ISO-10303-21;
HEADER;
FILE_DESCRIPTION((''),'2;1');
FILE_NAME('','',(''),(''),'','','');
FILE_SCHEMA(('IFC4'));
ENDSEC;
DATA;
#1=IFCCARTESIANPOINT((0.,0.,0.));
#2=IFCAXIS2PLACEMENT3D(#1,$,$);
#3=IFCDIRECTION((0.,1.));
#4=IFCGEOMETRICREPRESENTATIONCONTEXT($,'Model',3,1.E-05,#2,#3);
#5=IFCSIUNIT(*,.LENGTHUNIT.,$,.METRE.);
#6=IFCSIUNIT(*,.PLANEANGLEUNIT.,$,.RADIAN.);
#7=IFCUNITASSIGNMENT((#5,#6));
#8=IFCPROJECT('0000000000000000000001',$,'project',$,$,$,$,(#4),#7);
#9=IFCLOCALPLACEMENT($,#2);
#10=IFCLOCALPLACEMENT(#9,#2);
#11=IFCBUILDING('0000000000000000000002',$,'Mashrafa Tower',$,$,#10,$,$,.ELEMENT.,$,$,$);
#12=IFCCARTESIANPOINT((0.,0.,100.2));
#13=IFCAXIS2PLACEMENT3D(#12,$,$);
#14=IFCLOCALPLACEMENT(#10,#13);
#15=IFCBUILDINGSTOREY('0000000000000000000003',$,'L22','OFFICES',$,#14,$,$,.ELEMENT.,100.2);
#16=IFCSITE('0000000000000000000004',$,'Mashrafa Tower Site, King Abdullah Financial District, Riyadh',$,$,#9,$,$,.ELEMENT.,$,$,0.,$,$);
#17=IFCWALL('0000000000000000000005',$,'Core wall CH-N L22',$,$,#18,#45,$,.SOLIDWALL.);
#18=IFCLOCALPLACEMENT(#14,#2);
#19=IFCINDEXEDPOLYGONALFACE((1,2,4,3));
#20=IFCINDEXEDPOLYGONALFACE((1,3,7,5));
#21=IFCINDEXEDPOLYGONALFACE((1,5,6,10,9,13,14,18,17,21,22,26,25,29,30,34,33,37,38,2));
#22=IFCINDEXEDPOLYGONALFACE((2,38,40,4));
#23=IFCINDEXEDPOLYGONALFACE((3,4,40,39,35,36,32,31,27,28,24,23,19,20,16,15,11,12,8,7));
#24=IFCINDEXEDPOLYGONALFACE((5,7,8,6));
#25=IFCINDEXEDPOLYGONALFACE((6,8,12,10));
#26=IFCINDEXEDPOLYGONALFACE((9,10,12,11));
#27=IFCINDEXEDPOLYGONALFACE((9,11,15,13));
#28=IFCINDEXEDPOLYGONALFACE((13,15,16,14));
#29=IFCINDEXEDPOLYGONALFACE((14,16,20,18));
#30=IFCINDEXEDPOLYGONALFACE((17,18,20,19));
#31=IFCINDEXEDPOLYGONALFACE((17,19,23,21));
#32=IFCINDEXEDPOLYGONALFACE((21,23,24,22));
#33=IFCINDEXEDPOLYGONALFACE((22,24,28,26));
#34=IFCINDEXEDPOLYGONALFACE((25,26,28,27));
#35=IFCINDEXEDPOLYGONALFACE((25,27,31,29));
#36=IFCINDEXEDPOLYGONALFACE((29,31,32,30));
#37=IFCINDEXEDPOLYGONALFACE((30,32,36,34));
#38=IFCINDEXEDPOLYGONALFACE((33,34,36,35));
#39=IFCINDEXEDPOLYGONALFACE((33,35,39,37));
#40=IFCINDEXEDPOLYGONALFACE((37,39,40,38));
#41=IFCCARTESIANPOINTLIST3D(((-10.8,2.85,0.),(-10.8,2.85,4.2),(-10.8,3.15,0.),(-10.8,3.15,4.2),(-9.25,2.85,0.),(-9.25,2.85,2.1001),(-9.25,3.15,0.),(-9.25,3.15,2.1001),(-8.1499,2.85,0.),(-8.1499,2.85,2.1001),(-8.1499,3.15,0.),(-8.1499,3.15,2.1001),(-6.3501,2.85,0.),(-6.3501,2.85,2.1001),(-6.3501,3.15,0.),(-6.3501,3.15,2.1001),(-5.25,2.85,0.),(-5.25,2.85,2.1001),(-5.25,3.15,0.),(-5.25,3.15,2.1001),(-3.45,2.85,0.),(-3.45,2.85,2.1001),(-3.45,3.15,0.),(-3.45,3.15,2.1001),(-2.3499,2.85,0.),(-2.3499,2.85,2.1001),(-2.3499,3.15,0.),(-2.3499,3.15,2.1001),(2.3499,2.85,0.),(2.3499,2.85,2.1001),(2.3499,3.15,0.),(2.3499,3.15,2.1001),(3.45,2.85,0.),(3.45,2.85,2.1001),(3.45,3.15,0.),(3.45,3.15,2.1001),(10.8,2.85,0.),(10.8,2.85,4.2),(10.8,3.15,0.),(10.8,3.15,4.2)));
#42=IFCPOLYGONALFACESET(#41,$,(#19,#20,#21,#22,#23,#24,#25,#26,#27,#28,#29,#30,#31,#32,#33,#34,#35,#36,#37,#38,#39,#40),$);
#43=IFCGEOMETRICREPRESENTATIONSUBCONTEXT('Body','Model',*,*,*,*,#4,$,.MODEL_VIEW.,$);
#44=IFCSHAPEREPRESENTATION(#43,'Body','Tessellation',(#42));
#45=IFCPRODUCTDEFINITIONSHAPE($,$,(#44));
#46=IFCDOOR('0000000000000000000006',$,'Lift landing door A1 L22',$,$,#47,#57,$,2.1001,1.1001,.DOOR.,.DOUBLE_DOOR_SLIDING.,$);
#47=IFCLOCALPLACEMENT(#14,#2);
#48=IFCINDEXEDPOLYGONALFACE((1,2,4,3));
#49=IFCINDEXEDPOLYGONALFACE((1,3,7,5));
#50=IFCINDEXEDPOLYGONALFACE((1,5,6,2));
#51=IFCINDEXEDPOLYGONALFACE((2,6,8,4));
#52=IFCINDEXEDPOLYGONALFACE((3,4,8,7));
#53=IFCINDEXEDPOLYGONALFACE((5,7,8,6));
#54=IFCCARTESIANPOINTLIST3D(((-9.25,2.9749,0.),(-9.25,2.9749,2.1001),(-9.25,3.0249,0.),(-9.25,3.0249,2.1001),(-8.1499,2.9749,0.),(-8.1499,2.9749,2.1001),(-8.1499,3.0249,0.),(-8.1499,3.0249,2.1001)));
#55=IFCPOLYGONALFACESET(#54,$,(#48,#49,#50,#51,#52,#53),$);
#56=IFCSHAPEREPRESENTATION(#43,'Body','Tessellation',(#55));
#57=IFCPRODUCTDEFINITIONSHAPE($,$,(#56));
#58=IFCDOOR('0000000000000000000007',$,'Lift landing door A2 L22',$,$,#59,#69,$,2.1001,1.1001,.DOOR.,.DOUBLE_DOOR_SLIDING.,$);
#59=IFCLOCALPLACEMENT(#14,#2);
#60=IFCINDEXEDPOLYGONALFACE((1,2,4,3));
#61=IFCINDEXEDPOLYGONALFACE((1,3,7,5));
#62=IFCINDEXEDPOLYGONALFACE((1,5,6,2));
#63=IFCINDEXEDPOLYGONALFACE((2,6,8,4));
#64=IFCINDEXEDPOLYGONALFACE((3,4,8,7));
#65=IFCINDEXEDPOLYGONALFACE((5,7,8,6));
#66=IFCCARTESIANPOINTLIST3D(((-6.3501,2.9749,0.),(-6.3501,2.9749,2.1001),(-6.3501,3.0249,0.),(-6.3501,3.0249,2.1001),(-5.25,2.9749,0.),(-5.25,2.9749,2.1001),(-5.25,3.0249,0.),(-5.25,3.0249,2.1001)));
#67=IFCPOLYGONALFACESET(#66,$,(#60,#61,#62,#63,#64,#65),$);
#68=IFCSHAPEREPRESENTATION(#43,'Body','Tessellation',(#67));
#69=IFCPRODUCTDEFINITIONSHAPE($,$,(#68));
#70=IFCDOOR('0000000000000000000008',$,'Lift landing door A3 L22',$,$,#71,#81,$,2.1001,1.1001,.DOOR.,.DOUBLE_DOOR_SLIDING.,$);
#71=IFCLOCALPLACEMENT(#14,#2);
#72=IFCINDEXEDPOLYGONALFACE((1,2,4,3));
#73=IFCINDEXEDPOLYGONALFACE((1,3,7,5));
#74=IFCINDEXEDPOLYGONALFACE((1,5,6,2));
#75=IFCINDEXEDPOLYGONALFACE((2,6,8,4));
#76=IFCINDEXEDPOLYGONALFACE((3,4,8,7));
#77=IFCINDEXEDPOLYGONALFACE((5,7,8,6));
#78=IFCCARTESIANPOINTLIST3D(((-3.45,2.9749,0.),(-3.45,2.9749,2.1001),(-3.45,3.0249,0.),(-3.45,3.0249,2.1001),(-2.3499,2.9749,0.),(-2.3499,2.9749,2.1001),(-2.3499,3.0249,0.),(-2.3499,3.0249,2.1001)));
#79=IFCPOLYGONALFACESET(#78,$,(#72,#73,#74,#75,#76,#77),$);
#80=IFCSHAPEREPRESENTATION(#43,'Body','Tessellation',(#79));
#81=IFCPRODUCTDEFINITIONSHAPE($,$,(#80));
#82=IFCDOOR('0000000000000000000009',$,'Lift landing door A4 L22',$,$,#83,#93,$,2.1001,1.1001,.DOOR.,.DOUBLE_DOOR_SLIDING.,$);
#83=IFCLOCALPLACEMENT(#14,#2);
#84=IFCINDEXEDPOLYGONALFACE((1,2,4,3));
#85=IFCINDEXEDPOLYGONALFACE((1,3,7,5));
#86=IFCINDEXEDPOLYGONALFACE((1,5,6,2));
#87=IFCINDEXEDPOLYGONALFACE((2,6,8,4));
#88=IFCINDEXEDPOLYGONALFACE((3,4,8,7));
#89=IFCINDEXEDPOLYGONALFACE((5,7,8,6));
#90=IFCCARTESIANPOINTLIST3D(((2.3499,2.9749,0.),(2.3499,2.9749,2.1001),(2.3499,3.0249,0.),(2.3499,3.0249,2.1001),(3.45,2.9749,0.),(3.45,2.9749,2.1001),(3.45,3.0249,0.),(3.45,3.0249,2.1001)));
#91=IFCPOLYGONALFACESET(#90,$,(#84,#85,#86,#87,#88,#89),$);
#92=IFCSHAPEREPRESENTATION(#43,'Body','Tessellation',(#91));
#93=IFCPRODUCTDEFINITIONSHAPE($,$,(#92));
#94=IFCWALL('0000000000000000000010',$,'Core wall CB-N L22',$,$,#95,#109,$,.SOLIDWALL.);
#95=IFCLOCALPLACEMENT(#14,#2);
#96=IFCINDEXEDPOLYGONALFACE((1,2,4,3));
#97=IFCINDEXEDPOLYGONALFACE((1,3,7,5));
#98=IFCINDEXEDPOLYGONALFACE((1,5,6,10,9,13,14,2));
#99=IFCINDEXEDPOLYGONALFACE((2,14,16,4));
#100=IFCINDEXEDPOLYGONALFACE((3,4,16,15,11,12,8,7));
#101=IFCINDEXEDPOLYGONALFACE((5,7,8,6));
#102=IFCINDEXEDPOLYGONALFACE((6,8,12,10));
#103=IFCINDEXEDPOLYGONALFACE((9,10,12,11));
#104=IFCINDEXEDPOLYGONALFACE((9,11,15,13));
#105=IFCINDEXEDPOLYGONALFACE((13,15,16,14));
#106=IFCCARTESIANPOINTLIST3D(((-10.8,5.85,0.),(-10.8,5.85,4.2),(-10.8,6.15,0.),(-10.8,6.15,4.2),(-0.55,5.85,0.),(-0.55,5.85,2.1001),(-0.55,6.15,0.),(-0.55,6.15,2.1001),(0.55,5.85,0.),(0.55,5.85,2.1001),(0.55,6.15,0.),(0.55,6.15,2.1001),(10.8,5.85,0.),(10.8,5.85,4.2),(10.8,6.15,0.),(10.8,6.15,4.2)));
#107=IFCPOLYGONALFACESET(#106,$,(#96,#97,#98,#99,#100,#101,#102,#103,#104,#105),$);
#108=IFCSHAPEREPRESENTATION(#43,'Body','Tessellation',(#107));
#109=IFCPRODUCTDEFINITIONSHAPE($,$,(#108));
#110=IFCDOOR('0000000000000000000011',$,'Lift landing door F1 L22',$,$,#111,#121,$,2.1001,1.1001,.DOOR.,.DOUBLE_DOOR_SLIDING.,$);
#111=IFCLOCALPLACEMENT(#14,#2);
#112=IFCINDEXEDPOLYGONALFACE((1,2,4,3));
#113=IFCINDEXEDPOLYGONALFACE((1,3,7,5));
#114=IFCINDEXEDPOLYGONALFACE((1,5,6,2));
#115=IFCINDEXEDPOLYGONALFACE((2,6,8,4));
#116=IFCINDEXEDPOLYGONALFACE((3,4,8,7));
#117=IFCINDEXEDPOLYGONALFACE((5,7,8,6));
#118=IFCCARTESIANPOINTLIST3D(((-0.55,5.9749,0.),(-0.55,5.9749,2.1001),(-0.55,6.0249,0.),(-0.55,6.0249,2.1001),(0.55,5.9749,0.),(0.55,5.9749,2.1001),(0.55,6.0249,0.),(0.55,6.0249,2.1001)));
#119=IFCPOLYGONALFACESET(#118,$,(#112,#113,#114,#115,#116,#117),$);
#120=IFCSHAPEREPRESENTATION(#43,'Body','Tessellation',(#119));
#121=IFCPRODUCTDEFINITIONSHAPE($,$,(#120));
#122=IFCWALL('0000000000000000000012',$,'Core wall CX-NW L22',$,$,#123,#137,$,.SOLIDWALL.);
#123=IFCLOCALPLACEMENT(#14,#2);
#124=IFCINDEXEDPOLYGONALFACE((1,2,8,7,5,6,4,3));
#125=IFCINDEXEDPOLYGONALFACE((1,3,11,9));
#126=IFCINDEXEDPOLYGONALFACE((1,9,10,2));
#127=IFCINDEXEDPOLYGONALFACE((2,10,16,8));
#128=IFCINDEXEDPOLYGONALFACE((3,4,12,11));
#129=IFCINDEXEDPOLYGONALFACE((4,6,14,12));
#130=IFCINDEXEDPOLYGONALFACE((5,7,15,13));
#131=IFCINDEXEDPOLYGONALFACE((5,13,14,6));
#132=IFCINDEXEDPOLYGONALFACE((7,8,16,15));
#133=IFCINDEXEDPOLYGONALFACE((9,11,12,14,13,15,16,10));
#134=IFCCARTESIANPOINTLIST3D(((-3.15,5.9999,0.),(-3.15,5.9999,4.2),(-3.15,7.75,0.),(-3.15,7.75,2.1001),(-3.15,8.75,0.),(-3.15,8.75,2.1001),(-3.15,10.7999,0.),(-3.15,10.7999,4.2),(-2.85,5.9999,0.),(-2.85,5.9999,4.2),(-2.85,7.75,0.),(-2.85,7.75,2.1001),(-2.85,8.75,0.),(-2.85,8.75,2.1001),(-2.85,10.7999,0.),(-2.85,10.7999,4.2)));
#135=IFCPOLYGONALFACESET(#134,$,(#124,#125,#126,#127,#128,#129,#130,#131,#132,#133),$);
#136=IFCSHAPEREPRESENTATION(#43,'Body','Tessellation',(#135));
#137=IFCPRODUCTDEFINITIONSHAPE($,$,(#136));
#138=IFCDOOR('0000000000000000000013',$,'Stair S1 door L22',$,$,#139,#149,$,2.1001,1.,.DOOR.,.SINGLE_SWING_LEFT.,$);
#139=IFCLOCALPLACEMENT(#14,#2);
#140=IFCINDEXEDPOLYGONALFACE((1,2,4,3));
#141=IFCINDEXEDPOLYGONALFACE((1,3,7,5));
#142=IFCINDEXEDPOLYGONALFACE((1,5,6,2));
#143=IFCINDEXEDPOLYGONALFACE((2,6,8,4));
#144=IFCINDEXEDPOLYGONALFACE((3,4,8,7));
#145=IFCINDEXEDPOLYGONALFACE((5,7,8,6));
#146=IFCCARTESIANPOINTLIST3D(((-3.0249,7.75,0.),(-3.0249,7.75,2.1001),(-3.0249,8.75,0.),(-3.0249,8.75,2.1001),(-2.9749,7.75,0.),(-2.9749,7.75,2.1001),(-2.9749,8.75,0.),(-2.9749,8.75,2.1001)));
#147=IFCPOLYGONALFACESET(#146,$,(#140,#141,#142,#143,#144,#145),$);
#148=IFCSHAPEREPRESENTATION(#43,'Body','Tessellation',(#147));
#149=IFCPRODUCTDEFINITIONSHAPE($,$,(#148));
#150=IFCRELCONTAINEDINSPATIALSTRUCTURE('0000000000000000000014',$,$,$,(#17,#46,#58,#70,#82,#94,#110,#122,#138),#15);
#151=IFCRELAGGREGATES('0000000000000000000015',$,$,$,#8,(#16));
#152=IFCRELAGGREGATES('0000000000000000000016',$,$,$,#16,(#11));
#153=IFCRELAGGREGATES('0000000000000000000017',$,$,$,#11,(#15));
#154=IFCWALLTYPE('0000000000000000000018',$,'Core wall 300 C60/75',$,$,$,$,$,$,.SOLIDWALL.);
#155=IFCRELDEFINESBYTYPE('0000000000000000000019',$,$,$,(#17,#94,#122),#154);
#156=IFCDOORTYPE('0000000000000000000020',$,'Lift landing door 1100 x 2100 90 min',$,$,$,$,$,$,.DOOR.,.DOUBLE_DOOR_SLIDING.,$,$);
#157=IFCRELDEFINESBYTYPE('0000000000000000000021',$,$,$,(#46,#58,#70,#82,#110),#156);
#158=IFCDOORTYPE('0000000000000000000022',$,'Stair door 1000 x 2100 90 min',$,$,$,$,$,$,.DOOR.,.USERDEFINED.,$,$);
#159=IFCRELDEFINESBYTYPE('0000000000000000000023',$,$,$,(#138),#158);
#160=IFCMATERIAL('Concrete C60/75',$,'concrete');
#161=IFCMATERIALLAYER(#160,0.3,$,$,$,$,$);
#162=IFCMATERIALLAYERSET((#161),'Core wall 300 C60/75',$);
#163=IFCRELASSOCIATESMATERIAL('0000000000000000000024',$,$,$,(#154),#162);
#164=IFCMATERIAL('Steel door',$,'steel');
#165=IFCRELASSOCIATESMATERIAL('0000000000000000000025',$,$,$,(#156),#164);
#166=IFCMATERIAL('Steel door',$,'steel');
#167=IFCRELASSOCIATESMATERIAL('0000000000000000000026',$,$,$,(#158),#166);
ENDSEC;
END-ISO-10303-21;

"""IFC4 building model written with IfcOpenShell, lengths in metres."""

from ifc_helpers import new_model, si_unit, direction, frame, frame_2d, origin, place, context, subcontext, project, spatial, rectangle, extrude, material, layer, layer_set, type_object, element, fill, save


model = new_model("IFC4")

# Units and contexts
model_context = context("Model", 3, precision=1e-05, world=origin(), true_north=direction((0.0, 1.0)))
body_context = subcontext(model_context, "Body", "Model", "MODEL_VIEW")
ifc_project = project(units=[si_unit("LENGTHUNIT", "METRE"), si_unit("PLANEANGLEUNIT", "RADIAN")], contexts=[model_context])

# Site, building, storey
site_placement = place(None, origin())
site = spatial("IfcSite", under=ifc_project, at=site_placement, Name="Mashrafa Tower Site, King Abdullah Financial District, Riyadh", CompositionType="ELEMENT", RefElevation=0.0)
building_placement = place(site_placement, origin())
building = spatial("IfcBuilding", under=site, at=building_placement, Name="Mashrafa Tower", CompositionType="ELEMENT")
storey_placement = place(building_placement, frame((0.0, 0.0, 100.2)))
storey = spatial("IfcBuildingStorey", under=building, at=storey_placement, Name="L22", Description="OFFICES", CompositionType="ELEMENT", Elevation=100.2)

# Wall, openings, doors
ifc_material_1 = material(Name="Concrete C60/75", Category="concrete")
ifc_layer_1 = layer(ifc_material_1, 0.3)
ifc_layer_set_1 = layer_set([ifc_layer_1], Name="Core wall 300 C60/75")
wall_type_1 = type_object("IfcWallType", Name="Core wall 300 C60/75", PredefinedType="SOLIDWALL", material=ifc_layer_set_1)
wall_1_placement = place(storey_placement, frame((-10.8, 3.0, 0.0), z_axis=(0.0, 0.0, 1.0), x_axis=(1.0, 0.0, 0.0)))
wall_1 = element("IfcWall", 1, at=wall_1_placement, inside=storey, type_object=wall_type_1, Name="Core wall CH-N L22", PredefinedType="SOLIDWALL", context=body_context, shape_type="SweptSolid", body=[
    extrude(rectangle(XDim=21.6001, YDim=0.3, at=frame_2d((10.8, 0.0))), origin(), (0.0, 0.0, 1.0), 4.2),
])
opening_1_placement = place(wall_1_placement, frame((1.55, 0.0, 0.0)))
opening_1 = element("IfcOpeningElement", 2, at=opening_1_placement, cuts=wall_1, PredefinedType="OPENING", context=body_context, shape_type="SweptSolid", body=[
    extrude(rectangle(XDim=1.1001, YDim=2.1001, at=frame_2d((0.55, 1.05))), frame((0.0, 0.1599, 0.0), z_axis=(0.0, -1.0, 0.0), x_axis=(1.0, 0.0, 0.0)), (0.0, 0.0, 1.0), 0.3201),
])
opening_2_placement = place(wall_1_placement, frame((4.45, 0.0, 0.0)))
opening_2 = element("IfcOpeningElement", 3, at=opening_2_placement, cuts=wall_1, PredefinedType="OPENING", context=body_context, shape_type="SweptSolid", body=[
    extrude(rectangle(XDim=1.1001, YDim=2.1001, at=frame_2d((0.55, 1.05))), frame((0.0, 0.1599, 0.0), z_axis=(0.0, -1.0, 0.0), x_axis=(1.0, 0.0, 0.0)), (0.0, 0.0, 1.0), 0.3201),
])
opening_3_placement = place(wall_1_placement, frame((7.3501, 0.0, 0.0)))
opening_3 = element("IfcOpeningElement", 4, at=opening_3_placement, cuts=wall_1, PredefinedType="OPENING", context=body_context, shape_type="SweptSolid", body=[
    extrude(rectangle(XDim=1.1001, YDim=2.1001, at=frame_2d((0.55, 1.05))), frame((0.0, 0.1599, 0.0), z_axis=(0.0, -1.0, 0.0), x_axis=(1.0, 0.0, 0.0)), (0.0, 0.0, 1.0), 0.3201),
])
opening_4_placement = place(wall_1_placement, frame((13.1499, 0.0, 0.0)))
opening_4 = element("IfcOpeningElement", 5, at=opening_4_placement, cuts=wall_1, PredefinedType="OPENING", context=body_context, shape_type="SweptSolid", body=[
    extrude(rectangle(XDim=1.1001, YDim=2.1001, at=frame_2d((0.55, 1.05))), frame((0.0, 0.1599, 0.0), z_axis=(0.0, -1.0, 0.0), x_axis=(1.0, 0.0, 0.0)), (0.0, 0.0, 1.0), 0.3201),
])
ifc_material_2 = material(Name="Steel door", Category="steel")
door_type_1 = type_object("IfcDoorType", Name="Lift landing door 1100 x 2100 90 min", OperationType="DOUBLE_DOOR_SLIDING", PredefinedType="DOOR", material=ifc_material_2)
door_1_placement = place(opening_1_placement, origin())
door_1 = element("IfcDoor", 6, at=door_1_placement, inside=storey, type_object=door_type_1, Name="Lift landing door A1 L22", OperationType="DOUBLE_DOOR_SLIDING", OverallHeight=2.1001, OverallWidth=1.1001, PredefinedType="DOOR", context=body_context, shape_type="SweptSolid", body=[
    extrude(rectangle(XDim=1.1001, YDim=2.1001, at=frame_2d((0.55, 1.05))), frame((0.0, 0.0249, 0.0), z_axis=(0.0, -1.0, 0.0), x_axis=(1.0, 0.0, 0.0)), (0.0, 0.0, 1.0), 0.05),
])
fill(opening_1, door_1)
door_2_placement = place(opening_2_placement, origin())
door_2 = element("IfcDoor", 7, at=door_2_placement, inside=storey, type_object=door_type_1, Name="Lift landing door A2 L22", OperationType="DOUBLE_DOOR_SLIDING", OverallHeight=2.1001, OverallWidth=1.1001, PredefinedType="DOOR", context=body_context, shape_type="SweptSolid", body=[
    extrude(rectangle(XDim=1.1001, YDim=2.1001, at=frame_2d((0.55, 1.05))), frame((0.0, 0.0249, 0.0), z_axis=(0.0, -1.0, 0.0), x_axis=(1.0, 0.0, 0.0)), (0.0, 0.0, 1.0), 0.05),
])
fill(opening_2, door_2)
door_3_placement = place(opening_3_placement, origin())
door_3 = element("IfcDoor", 8, at=door_3_placement, inside=storey, type_object=door_type_1, Name="Lift landing door A3 L22", OperationType="DOUBLE_DOOR_SLIDING", OverallHeight=2.1001, OverallWidth=1.1001, PredefinedType="DOOR", context=body_context, shape_type="SweptSolid", body=[
    extrude(rectangle(XDim=1.1001, YDim=2.1001, at=frame_2d((0.55, 1.05))), frame((0.0, 0.0249, 0.0), z_axis=(0.0, -1.0, 0.0), x_axis=(1.0, 0.0, 0.0)), (0.0, 0.0, 1.0), 0.05),
])
fill(opening_3, door_3)
door_4_placement = place(opening_4_placement, origin())
door_4 = element("IfcDoor", 9, at=door_4_placement, inside=storey, type_object=door_type_1, Name="Lift landing door A4 L22", OperationType="DOUBLE_DOOR_SLIDING", OverallHeight=2.1001, OverallWidth=1.1001, PredefinedType="DOOR", context=body_context, shape_type="SweptSolid", body=[
    extrude(rectangle(XDim=1.1001, YDim=2.1001, at=frame_2d((0.55, 1.05))), frame((0.0, 0.0249, 0.0), z_axis=(0.0, -1.0, 0.0), x_axis=(1.0, 0.0, 0.0)), (0.0, 0.0, 1.0), 0.05),
])
fill(opening_4, door_4)

# Walls, openings, doors
wall_2_placement = place(storey_placement, frame((-10.8, 6.0, 0.0), z_axis=(0.0, 0.0, 1.0), x_axis=(1.0, 0.0, 0.0)))
wall_2 = element("IfcWall", 10, at=wall_2_placement, inside=storey, type_object=wall_type_1, Name="Core wall CB-N L22", PredefinedType="SOLIDWALL", context=body_context, shape_type="SweptSolid", body=[
    extrude(rectangle(XDim=21.6001, YDim=0.3, at=frame_2d((10.8, 0.0))), origin(), (0.0, 0.0, 1.0), 4.2),
])
opening_5_placement = place(wall_2_placement, frame((10.25, 0.0, 0.0)))
opening_5 = element("IfcOpeningElement", 11, at=opening_5_placement, cuts=wall_2, PredefinedType="OPENING", context=body_context, shape_type="SweptSolid", body=[
    extrude(rectangle(XDim=1.1001, YDim=2.1001, at=frame_2d((0.55, 1.05))), frame((0.0, 0.1599, 0.0), z_axis=(0.0, -1.0, 0.0), x_axis=(1.0, 0.0, 0.0)), (0.0, 0.0, 1.0), 0.3201),
])
door_5_placement = place(opening_5_placement, origin())
door_5 = element("IfcDoor", 12, at=door_5_placement, inside=storey, type_object=door_type_1, Name="Lift landing door F1 L22", OperationType="DOUBLE_DOOR_SLIDING", OverallHeight=2.1001, OverallWidth=1.1001, PredefinedType="DOOR", context=body_context, shape_type="SweptSolid", body=[
    extrude(rectangle(XDim=1.1001, YDim=2.1001, at=frame_2d((0.55, 1.05))), frame((0.0, 0.0249, 0.0), z_axis=(0.0, -1.0, 0.0), x_axis=(1.0, 0.0, 0.0)), (0.0, 0.0, 1.0), 0.05),
])
fill(opening_5, door_5)
wall_3_placement = place(storey_placement, frame((-3.0, 6.0, 0.0), z_axis=(0.0, 0.0, 1.0), x_axis=(0.0, 1.0, 0.0)))
wall_3 = element("IfcWall", 13, at=wall_3_placement, inside=storey, type_object=wall_type_1, Name="Core wall CX-NW L22", PredefinedType="SOLIDWALL", context=body_context, shape_type="SweptSolid", body=[
    extrude(rectangle(XDim=4.8, YDim=0.3, at=frame_2d((2.3999, 0.0))), origin(), (0.0, 0.0, 1.0), 4.2),
])
opening_6_placement = place(wall_3_placement, frame((1.75, 0.0, 0.0)))
opening_6 = element("IfcOpeningElement", 14, at=opening_6_placement, cuts=wall_3, PredefinedType="OPENING", context=body_context, shape_type="SweptSolid", body=[
    extrude(rectangle(XDim=1.0, YDim=2.1001, at=frame_2d((0.5, 1.05))), frame((0.0, 0.1599, 0.0), z_axis=(0.0, -1.0, 0.0), x_axis=(1.0, 0.0, 0.0)), (0.0, 0.0, 1.0), 0.3201),
])
ifc_material_3 = material(Name="Steel door", Category="steel")
door_type_2 = type_object("IfcDoorType", Name="Stair door 1000 x 2100 90 min", OperationType="USERDEFINED", PredefinedType="DOOR", material=ifc_material_3)
door_6_placement = place(opening_6_placement, origin())
door_6 = element("IfcDoor", 15, at=door_6_placement, inside=storey, type_object=door_type_2, Name="Stair S1 door L22", OperationType="SINGLE_SWING_LEFT", OverallHeight=2.1001, OverallWidth=1.0, PredefinedType="DOOR", context=body_context, shape_type="SweptSolid", body=[
    extrude(rectangle(XDim=1.0, YDim=2.1001, at=frame_2d((0.5, 1.05))), frame((0.0, 0.0249, 0.0), z_axis=(0.0, -1.0, 0.0), x_axis=(1.0, 0.0, 0.0)), (0.0, 0.0, 1.0), 0.05),
])
fill(opening_6, door_6)

save(model, "model.ifc")
